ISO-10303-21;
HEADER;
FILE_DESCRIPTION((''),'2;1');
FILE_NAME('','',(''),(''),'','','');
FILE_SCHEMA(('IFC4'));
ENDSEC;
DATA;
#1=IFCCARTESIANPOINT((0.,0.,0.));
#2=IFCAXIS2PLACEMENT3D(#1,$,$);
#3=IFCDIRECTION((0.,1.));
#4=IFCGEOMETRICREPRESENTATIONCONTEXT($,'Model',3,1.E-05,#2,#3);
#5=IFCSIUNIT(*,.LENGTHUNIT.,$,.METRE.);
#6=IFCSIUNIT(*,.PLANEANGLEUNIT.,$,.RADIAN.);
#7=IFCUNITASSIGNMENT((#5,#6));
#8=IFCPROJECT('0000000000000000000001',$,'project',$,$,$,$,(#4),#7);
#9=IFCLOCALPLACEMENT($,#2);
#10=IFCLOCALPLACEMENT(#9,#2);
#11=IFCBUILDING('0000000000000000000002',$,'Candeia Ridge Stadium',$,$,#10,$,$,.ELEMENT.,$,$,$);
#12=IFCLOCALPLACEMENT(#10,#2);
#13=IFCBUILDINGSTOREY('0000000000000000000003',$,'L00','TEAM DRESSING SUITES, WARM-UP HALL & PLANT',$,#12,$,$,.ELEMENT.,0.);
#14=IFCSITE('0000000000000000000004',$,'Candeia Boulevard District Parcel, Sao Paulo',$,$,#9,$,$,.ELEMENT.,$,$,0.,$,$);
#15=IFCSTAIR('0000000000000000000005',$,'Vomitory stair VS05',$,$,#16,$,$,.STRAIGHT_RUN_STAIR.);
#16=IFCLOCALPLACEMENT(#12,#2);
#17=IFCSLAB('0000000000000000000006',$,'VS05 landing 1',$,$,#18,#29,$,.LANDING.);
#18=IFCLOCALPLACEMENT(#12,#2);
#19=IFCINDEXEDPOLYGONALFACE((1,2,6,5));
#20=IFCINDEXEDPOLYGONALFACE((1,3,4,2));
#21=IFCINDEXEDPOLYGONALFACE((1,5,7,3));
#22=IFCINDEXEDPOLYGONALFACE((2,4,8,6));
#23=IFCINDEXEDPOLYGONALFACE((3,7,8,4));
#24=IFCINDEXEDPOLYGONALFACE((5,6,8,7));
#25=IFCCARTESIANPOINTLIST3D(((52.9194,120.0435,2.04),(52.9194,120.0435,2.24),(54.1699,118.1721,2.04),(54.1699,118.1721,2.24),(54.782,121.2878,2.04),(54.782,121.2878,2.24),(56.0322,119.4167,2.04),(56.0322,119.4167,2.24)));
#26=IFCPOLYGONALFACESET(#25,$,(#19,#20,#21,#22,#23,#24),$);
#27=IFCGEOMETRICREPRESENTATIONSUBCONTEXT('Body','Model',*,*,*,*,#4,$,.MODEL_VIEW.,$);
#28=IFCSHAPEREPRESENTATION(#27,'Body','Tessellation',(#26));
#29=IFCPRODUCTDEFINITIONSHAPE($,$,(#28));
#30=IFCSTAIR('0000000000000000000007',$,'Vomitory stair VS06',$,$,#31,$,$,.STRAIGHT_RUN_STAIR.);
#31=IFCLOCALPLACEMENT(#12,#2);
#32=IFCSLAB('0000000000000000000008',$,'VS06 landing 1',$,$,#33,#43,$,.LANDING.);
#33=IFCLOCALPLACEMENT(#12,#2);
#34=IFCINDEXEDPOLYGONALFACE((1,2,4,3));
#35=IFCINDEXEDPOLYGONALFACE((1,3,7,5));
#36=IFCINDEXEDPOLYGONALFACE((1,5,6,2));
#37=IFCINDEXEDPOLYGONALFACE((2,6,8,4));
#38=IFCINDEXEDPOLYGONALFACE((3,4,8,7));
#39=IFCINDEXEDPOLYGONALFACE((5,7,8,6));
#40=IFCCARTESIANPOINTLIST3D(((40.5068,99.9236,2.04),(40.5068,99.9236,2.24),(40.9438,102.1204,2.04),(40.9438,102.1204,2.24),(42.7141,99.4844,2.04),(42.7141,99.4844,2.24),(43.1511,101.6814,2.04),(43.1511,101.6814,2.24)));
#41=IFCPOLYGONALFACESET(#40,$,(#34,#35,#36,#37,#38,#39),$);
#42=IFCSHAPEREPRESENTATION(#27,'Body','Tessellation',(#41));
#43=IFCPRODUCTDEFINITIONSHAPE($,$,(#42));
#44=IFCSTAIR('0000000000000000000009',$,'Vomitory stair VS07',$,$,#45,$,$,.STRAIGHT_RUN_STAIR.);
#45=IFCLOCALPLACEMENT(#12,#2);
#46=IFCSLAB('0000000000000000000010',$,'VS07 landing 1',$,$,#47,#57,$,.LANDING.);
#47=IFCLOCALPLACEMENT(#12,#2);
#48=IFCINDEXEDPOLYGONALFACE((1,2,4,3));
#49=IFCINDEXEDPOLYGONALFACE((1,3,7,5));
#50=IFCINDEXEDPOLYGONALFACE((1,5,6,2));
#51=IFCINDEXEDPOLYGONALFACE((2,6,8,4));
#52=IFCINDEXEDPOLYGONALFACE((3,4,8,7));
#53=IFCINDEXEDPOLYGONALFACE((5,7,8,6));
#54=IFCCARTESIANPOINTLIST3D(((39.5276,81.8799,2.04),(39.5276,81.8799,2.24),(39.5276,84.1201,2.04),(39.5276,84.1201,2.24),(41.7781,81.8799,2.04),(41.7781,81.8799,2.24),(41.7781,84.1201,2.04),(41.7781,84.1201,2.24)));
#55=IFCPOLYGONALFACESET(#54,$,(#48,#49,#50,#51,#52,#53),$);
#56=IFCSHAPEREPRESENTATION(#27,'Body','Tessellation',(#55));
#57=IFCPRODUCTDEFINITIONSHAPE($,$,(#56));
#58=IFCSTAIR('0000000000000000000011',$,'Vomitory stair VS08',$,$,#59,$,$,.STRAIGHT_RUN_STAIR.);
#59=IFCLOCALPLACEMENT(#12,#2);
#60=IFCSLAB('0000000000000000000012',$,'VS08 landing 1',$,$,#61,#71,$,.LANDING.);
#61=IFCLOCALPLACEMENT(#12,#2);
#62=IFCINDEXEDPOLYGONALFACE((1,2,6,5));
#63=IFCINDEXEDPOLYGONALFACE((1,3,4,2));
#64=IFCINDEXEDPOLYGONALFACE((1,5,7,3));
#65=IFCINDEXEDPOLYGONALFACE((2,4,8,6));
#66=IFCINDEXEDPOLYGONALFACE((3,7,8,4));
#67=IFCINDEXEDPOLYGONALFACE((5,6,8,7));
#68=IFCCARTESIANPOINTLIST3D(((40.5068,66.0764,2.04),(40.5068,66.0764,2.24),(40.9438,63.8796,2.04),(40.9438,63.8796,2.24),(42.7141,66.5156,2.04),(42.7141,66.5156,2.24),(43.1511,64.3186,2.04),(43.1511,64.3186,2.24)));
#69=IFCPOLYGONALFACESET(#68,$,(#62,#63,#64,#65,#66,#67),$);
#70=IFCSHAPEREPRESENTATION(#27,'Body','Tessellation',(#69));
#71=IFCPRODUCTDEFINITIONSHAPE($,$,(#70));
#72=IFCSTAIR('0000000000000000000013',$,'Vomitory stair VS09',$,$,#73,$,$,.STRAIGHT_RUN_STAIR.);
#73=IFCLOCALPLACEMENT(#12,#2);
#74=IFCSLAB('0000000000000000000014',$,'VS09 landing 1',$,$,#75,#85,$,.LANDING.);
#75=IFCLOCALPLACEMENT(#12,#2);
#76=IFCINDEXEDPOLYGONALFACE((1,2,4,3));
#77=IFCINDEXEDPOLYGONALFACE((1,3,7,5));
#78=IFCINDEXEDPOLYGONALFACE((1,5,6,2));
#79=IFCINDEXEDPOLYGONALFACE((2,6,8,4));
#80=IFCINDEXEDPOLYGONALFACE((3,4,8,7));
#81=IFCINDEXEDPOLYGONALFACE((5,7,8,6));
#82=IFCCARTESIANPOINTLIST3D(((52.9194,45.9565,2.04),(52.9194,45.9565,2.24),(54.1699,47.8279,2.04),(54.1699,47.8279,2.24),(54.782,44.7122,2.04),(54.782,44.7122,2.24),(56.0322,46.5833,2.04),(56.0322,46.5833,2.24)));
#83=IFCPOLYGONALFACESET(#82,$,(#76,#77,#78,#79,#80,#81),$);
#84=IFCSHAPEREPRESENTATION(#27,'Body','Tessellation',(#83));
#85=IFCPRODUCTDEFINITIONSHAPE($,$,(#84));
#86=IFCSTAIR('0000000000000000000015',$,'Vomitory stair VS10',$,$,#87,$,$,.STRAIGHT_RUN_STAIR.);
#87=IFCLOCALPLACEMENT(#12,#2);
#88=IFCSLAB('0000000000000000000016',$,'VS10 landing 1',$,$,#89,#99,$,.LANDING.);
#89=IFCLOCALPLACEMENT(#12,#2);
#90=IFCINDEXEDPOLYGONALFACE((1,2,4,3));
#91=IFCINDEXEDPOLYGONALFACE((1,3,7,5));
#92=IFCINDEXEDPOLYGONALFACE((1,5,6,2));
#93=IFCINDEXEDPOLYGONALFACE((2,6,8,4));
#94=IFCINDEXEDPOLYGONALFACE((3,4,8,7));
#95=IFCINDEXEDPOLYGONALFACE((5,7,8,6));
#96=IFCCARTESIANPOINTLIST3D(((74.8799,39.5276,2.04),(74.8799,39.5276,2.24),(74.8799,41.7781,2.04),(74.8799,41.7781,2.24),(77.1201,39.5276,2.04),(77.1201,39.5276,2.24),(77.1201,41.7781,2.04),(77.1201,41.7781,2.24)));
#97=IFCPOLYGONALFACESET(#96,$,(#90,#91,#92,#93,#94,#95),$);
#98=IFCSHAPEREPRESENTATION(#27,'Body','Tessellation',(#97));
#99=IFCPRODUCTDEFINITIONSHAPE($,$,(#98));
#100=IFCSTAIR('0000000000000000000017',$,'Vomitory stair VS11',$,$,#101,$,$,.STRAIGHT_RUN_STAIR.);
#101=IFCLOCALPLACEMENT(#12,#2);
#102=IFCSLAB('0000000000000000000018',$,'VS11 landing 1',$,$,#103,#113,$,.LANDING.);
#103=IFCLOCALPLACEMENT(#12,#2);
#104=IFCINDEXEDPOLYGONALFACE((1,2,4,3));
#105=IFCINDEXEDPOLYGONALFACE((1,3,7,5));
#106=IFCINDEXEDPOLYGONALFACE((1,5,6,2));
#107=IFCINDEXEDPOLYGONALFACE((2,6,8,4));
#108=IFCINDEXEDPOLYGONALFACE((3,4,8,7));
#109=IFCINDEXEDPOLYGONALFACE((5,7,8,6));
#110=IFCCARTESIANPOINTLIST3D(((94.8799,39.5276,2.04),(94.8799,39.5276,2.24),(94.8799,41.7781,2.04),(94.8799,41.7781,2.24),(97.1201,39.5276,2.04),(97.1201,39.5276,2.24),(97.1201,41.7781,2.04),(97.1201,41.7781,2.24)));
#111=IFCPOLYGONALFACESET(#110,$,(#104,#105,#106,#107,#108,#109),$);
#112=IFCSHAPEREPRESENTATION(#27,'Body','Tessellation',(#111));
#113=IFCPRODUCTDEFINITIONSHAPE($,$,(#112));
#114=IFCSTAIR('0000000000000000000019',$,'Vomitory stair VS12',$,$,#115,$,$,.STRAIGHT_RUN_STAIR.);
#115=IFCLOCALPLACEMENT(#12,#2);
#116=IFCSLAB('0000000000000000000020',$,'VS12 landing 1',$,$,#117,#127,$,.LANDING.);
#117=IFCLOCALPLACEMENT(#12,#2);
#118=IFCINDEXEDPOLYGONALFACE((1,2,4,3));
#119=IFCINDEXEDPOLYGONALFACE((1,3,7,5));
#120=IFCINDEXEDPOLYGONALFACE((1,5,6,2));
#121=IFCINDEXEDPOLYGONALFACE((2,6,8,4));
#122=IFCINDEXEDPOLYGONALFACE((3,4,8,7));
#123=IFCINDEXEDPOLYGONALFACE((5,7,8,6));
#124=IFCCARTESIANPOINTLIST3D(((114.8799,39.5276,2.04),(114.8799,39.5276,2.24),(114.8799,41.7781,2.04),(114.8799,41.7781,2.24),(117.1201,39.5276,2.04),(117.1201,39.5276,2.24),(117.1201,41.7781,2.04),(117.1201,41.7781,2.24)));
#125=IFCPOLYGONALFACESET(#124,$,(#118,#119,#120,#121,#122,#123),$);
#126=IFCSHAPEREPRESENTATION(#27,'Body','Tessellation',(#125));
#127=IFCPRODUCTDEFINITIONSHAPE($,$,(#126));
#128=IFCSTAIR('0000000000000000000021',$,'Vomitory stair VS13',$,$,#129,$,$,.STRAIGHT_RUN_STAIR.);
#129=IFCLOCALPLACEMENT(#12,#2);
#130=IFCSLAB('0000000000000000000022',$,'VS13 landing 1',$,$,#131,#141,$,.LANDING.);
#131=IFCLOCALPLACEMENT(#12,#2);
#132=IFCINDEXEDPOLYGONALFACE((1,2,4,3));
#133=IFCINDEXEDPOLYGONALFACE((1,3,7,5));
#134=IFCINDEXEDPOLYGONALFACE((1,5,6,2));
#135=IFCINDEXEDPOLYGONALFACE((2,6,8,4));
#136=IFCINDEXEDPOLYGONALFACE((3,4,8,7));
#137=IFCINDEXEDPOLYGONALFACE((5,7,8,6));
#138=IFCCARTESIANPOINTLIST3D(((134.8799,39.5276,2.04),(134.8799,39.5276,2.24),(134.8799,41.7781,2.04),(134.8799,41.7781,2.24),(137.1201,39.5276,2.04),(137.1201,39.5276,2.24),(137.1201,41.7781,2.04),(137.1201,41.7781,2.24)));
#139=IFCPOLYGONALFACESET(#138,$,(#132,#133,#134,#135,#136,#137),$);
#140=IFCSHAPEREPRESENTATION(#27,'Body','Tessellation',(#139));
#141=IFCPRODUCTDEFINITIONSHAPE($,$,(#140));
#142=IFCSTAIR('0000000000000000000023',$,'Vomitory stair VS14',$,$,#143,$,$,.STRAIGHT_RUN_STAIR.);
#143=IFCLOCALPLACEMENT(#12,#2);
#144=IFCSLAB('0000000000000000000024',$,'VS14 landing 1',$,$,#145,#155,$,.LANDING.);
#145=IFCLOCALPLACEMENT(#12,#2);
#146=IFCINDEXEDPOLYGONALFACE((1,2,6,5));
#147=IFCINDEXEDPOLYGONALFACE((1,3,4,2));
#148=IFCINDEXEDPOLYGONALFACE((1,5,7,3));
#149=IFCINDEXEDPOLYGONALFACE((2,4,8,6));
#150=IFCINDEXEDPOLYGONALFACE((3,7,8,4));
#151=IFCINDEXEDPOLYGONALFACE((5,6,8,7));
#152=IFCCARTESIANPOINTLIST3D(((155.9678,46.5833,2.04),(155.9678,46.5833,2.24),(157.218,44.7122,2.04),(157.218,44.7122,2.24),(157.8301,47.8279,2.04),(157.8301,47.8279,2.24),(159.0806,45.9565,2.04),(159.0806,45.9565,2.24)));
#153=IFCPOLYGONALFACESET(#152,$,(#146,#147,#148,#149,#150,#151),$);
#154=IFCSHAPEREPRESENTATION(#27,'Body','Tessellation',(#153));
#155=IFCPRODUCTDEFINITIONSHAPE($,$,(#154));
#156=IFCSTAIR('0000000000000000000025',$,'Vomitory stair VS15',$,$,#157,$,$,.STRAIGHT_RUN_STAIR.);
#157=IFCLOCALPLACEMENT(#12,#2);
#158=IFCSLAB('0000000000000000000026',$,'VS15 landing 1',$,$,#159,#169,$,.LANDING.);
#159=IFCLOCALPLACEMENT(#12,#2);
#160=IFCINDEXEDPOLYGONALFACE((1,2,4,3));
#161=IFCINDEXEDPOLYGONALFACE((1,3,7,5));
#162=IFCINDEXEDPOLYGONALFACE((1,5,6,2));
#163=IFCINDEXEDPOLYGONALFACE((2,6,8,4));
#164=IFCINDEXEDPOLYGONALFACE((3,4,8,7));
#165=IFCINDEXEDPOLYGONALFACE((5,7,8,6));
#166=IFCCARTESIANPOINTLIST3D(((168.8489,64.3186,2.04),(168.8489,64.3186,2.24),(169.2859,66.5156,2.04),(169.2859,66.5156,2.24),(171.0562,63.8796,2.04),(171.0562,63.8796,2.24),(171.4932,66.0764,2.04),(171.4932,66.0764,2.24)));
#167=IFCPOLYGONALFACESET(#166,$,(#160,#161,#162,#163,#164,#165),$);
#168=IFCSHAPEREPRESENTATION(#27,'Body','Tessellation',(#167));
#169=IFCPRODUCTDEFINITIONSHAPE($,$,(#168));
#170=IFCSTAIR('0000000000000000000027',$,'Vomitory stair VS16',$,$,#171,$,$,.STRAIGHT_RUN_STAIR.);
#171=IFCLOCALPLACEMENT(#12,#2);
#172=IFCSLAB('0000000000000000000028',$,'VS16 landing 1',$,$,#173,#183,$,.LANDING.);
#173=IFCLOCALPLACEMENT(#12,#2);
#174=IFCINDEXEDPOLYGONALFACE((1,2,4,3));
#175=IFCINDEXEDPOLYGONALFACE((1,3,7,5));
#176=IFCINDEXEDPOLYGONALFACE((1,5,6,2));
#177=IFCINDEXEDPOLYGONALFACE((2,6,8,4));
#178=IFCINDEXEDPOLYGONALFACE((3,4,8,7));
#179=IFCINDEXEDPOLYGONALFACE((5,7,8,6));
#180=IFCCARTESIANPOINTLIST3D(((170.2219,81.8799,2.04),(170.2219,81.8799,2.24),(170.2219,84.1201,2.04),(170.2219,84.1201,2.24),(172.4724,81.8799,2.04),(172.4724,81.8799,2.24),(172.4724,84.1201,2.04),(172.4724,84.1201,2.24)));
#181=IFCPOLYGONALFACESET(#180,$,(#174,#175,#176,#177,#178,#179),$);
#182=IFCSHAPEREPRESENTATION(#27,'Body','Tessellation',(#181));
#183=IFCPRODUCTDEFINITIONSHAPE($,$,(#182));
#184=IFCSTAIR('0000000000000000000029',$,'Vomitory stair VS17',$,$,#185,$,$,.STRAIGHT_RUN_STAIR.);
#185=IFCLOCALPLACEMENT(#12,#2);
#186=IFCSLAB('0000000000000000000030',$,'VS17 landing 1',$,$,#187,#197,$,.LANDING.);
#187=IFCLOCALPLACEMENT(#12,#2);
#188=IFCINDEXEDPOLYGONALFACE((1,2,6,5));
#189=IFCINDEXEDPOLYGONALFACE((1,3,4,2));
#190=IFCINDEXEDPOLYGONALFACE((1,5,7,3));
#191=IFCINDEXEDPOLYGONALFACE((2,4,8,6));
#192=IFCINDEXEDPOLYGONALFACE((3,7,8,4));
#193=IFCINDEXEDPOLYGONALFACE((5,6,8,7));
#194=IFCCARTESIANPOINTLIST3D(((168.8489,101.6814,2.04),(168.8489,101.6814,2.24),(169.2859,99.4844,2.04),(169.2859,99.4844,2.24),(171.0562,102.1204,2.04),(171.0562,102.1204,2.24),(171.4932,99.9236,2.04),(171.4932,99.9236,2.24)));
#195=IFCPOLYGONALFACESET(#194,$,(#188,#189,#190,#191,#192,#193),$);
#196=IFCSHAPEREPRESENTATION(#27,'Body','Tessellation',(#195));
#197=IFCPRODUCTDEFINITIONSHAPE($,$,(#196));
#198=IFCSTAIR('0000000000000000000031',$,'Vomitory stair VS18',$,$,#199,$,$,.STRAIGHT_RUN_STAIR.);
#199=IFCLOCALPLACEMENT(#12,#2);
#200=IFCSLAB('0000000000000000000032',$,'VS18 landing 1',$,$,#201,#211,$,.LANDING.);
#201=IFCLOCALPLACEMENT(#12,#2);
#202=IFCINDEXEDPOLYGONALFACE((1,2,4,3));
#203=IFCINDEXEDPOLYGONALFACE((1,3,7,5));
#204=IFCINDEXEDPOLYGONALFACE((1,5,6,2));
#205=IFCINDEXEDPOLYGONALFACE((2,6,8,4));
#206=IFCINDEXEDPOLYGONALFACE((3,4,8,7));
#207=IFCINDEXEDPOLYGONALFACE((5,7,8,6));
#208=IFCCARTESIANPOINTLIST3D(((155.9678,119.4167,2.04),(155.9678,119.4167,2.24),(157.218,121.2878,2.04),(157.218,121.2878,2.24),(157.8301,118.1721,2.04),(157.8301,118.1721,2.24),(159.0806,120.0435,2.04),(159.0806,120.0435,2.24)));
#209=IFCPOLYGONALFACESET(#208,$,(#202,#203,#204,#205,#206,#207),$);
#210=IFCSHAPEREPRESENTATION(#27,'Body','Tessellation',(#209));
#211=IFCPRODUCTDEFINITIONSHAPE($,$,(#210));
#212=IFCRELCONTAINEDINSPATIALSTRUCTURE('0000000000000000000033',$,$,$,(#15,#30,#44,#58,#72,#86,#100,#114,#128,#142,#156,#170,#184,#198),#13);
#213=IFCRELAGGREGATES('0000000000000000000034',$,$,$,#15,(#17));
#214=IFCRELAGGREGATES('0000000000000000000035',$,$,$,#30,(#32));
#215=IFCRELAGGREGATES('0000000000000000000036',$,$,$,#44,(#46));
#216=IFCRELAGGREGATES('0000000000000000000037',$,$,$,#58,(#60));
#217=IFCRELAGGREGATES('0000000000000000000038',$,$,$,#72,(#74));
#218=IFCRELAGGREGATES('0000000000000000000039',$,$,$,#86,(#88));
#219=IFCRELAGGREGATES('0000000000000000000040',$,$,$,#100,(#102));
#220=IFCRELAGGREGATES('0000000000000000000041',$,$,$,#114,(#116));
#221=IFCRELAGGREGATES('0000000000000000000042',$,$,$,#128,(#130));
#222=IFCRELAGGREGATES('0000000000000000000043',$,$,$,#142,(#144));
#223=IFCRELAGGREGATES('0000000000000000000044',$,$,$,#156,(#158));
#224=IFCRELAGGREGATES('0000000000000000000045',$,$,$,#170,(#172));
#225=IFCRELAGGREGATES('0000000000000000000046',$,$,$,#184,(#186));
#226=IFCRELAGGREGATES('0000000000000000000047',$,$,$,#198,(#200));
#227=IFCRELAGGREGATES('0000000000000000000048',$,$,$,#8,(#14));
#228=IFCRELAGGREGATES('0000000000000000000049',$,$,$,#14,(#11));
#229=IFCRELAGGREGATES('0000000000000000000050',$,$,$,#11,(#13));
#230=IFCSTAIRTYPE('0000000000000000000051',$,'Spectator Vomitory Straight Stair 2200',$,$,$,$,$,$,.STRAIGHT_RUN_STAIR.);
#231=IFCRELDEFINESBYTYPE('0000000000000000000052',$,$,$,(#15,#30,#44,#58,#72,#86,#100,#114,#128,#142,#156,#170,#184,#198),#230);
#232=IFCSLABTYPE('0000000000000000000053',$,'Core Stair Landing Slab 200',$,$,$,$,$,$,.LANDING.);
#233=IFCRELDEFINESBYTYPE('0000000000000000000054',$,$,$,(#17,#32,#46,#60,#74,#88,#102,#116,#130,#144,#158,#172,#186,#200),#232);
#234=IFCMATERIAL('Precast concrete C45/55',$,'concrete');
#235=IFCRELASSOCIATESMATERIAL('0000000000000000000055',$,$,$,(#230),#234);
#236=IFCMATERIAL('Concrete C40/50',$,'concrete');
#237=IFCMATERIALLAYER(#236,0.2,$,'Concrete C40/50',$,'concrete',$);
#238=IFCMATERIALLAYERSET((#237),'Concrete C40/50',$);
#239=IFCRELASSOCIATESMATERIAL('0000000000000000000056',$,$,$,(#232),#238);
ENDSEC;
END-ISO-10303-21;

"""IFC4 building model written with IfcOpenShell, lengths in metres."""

from ifc_helpers import new_model, si_unit, direction, frame, origin, place, context, subcontext, project, spatial, polyline, outline, extrude, material, layer, layer_set, type_object, element, aggregate, save


model = new_model("IFC4")

# Units and contexts
model_context = context("Model", 3, precision=1e-05, world=origin(), true_north=direction((0.0, 1.0)))
body_context = subcontext(model_context, "Body", "Model", "MODEL_VIEW")
ifc_project = project(units=[si_unit("LENGTHUNIT", "METRE"), si_unit("PLANEANGLEUNIT", "RADIAN")], contexts=[model_context])

# Site, building, storey
site_placement = place(None, origin())
site = spatial("IfcSite", under=ifc_project, at=site_placement, Name="Candeia Boulevard District Parcel, Sao Paulo", CompositionType="ELEMENT", RefElevation=0.0)
building_placement = place(site_placement, origin())
building = spatial("IfcBuilding", under=site, at=building_placement, Name="Candeia Ridge Stadium", CompositionType="ELEMENT")
storey_placement = place(building_placement, origin())
storey = spatial("IfcBuildingStorey", under=building, at=storey_placement, Name="L00", Description="TEAM DRESSING SUITES, WARM-UP HALL & PLANT", CompositionType="ELEMENT", Elevation=0.0)

# Stairs, slabs
ifc_material_1 = material(Name="Precast concrete C45/55", Category="concrete")
stair_type = type_object("IfcStairType", Name="Spectator Vomitory Straight Stair 2200", PredefinedType="STRAIGHT_RUN_STAIR", material=ifc_material_1)
stair_1_placement = place(storey_placement, origin())
stair_1 = element("IfcStair", 1, at=stair_1_placement, inside=storey, type_object=stair_type, Name="Vomitory stair VS05", PredefinedType="STRAIGHT_RUN_STAIR")
ifc_material_2 = material(Name="Concrete C40/50", Category="concrete")
ifc_layer_1 = layer(ifc_material_2, 0.2, Name="Concrete C40/50", Category="concrete")
ifc_layer_set_1 = layer_set([ifc_layer_1], Name="Concrete C40/50")
slab_type = type_object("IfcSlabType", Name="Core Stair Landing Slab 200", PredefinedType="LANDING", material=ifc_layer_set_1)
slab_1_placement = place(storey_placement, frame((0.0, 0.0, 2.04)))
slab_1 = element("IfcSlab", 2, at=slab_1_placement, type_object=slab_type, Name="VS05 landing 1", PredefinedType="LANDING", context=body_context, shape_type="SweptSolid", body=[
    extrude(outline(polyline([(54.782, 121.2878), (56.0322, 119.4167), (54.1699, 118.1721), (52.9194, 120.0435), (54.782, 121.2878)])), origin(), (0.0, 0.0, 1.0), 0.2),
])
aggregate(stair_1, [slab_1])
stair_2_placement = place(storey_placement, origin())
stair_2 = element("IfcStair", 3, at=stair_2_placement, inside=storey, type_object=stair_type, Name="Vomitory stair VS06", PredefinedType="STRAIGHT_RUN_STAIR")
slab_2_placement = place(storey_placement, frame((0.0, 0.0, 2.04)))
slab_2 = element("IfcSlab", 4, at=slab_2_placement, type_object=slab_type, Name="VS06 landing 1", PredefinedType="LANDING", context=body_context, shape_type="SweptSolid", body=[
    extrude(outline(polyline([(40.9438, 102.1204), (43.1511, 101.6814), (42.7141, 99.4844), (40.5068, 99.9236), (40.9438, 102.1204)])), origin(), (0.0, 0.0, 1.0), 0.2),
])
aggregate(stair_2, [slab_2])
stair_3_placement = place(storey_placement, origin())
stair_3 = element("IfcStair", 5, at=stair_3_placement, inside=storey, type_object=stair_type, Name="Vomitory stair VS07", PredefinedType="STRAIGHT_RUN_STAIR")
slab_3_placement = place(storey_placement, frame((0.0, 0.0, 2.04)))
slab_3 = element("IfcSlab", 6, at=slab_3_placement, type_object=slab_type, Name="VS07 landing 1", PredefinedType="LANDING", context=body_context, shape_type="SweptSolid", body=[
    extrude(outline(polyline([(39.5276, 84.1201), (41.7781, 84.1201), (41.7781, 81.8799), (39.5276, 81.8799), (39.5276, 84.1201)])), origin(), (0.0, 0.0, 1.0), 0.2),
])
aggregate(stair_3, [slab_3])
stair_4_placement = place(storey_placement, origin())
stair_4 = element("IfcStair", 7, at=stair_4_placement, inside=storey, type_object=stair_type, Name="Vomitory stair VS08", PredefinedType="STRAIGHT_RUN_STAIR")
slab_4_placement = place(storey_placement, frame((0.0, 0.0, 2.04)))
slab_4 = element("IfcSlab", 8, at=slab_4_placement, type_object=slab_type, Name="VS08 landing 1", PredefinedType="LANDING", context=body_context, shape_type="SweptSolid", body=[
    extrude(outline(polyline([(40.5068, 66.0764), (42.7141, 66.5156), (43.1511, 64.3186), (40.9438, 63.8796), (40.5068, 66.0764)])), origin(), (0.0, 0.0, 1.0), 0.2),
])
aggregate(stair_4, [slab_4])
stair_5_placement = place(storey_placement, origin())
stair_5 = element("IfcStair", 9, at=stair_5_placement, inside=storey, type_object=stair_type, Name="Vomitory stair VS09", PredefinedType="STRAIGHT_RUN_STAIR")
slab_5_placement = place(storey_placement, frame((0.0, 0.0, 2.04)))
slab_5 = element("IfcSlab", 10, at=slab_5_placement, type_object=slab_type, Name="VS09 landing 1", PredefinedType="LANDING", context=body_context, shape_type="SweptSolid", body=[
    extrude(outline(polyline([(52.9194, 45.9565), (54.1699, 47.8279), (56.0322, 46.5833), (54.782, 44.7122), (52.9194, 45.9565)])), origin(), (0.0, 0.0, 1.0), 0.2),
])
aggregate(stair_5, [slab_5])
stair_6_placement = place(storey_placement, origin())
stair_6 = element("IfcStair", 11, at=stair_6_placement, inside=storey, type_object=stair_type, Name="Vomitory stair VS10", PredefinedType="STRAIGHT_RUN_STAIR")
slab_6_placement = place(storey_placement, frame((0.0, 0.0, 2.04)))
slab_6 = element("IfcSlab", 12, at=slab_6_placement, type_object=slab_type, Name="VS10 landing 1", PredefinedType="LANDING", context=body_context, shape_type="SweptSolid", body=[
    extrude(outline(polyline([(74.8799, 39.5276), (74.8799, 41.7781), (77.1201, 41.7781), (77.1201, 39.5276), (74.8799, 39.5276)])), origin(), (0.0, 0.0, 1.0), 0.2),
])
aggregate(stair_6, [slab_6])
stair_7_placement = place(storey_placement, origin())
stair_7 = element("IfcStair", 13, at=stair_7_placement, inside=storey, type_object=stair_type, Name="Vomitory stair VS11", PredefinedType="STRAIGHT_RUN_STAIR")
slab_7_placement = place(storey_placement, frame((0.0, 0.0, 2.04)))
slab_7 = element("IfcSlab", 14, at=slab_7_placement, type_object=slab_type, Name="VS11 landing 1", PredefinedType="LANDING", context=body_context, shape_type="SweptSolid", body=[
    extrude(outline(polyline([(94.8799, 39.5276), (94.8799, 41.7781), (97.1201, 41.7781), (97.1201, 39.5276), (94.8799, 39.5276)])), origin(), (0.0, 0.0, 1.0), 0.2),
])
aggregate(stair_7, [slab_7])
stair_8_placement = place(storey_placement, origin())
stair_8 = element("IfcStair", 15, at=stair_8_placement, inside=storey, type_object=stair_type, Name="Vomitory stair VS12", PredefinedType="STRAIGHT_RUN_STAIR")
slab_8_placement = place(storey_placement, frame((0.0, 0.0, 2.04)))
slab_8 = element("IfcSlab", 16, at=slab_8_placement, type_object=slab_type, Name="VS12 landing 1", PredefinedType="LANDING", context=body_context, shape_type="SweptSolid", body=[
    extrude(outline(polyline([(114.8799, 39.5276), (114.8799, 41.7781), (117.1201, 41.7781), (117.1201, 39.5276), (114.8799, 39.5276)])), origin(), (0.0, 0.0, 1.0), 0.2),
])
aggregate(stair_8, [slab_8])
stair_9_placement = place(storey_placement, origin())
stair_9 = element("IfcStair", 17, at=stair_9_placement, inside=storey, type_object=stair_type, Name="Vomitory stair VS13", PredefinedType="STRAIGHT_RUN_STAIR")
slab_9_placement = place(storey_placement, frame((0.0, 0.0, 2.04)))
slab_9 = element("IfcSlab", 18, at=slab_9_placement, type_object=slab_type, Name="VS13 landing 1", PredefinedType="LANDING", context=body_context, shape_type="SweptSolid", body=[
    extrude(outline(polyline([(134.8799, 39.5276), (134.8799, 41.7781), (137.1201, 41.7781), (137.1201, 39.5276), (134.8799, 39.5276)])), origin(), (0.0, 0.0, 1.0), 0.2),
])
aggregate(stair_9, [slab_9])
stair_10_placement = place(storey_placement, origin())
stair_10 = element("IfcStair", 19, at=stair_10_placement, inside=storey, type_object=stair_type, Name="Vomitory stair VS14", PredefinedType="STRAIGHT_RUN_STAIR")
slab_10_placement = place(storey_placement, frame((0.0, 0.0, 2.04)))
slab_10 = element("IfcSlab", 20, at=slab_10_placement, type_object=slab_type, Name="VS14 landing 1", PredefinedType="LANDING", context=body_context, shape_type="SweptSolid", body=[
    extrude(outline(polyline([(157.218, 44.7122), (155.9678, 46.5833), (157.8301, 47.8279), (159.0806, 45.9565), (157.218, 44.7122)])), origin(), (0.0, 0.0, 1.0), 0.2),
])
aggregate(stair_10, [slab_10])
stair_11_placement = place(storey_placement, origin())
stair_11 = element("IfcStair", 21, at=stair_11_placement, inside=storey, type_object=stair_type, Name="Vomitory stair VS15", PredefinedType="STRAIGHT_RUN_STAIR")
slab_11_placement = place(storey_placement, frame((0.0, 0.0, 2.04)))
slab_11 = element("IfcSlab", 22, at=slab_11_placement, type_object=slab_type, Name="VS15 landing 1", PredefinedType="LANDING", context=body_context, shape_type="SweptSolid", body=[
    extrude(outline(polyline([(171.0562, 63.8796), (168.8489, 64.3186), (169.2859, 66.5156), (171.4932, 66.0764), (171.0562, 63.8796)])), origin(), (0.0, 0.0, 1.0), 0.2),
])
aggregate(stair_11, [slab_11])
stair_12_placement = place(storey_placement, origin())
stair_12 = element("IfcStair", 23, at=stair_12_placement, inside=storey, type_object=stair_type, Name="Vomitory stair VS16", PredefinedType="STRAIGHT_RUN_STAIR")
slab_12_placement = place(storey_placement, frame((0.0, 0.0, 2.04)))
slab_12 = element("IfcSlab", 24, at=slab_12_placement, type_object=slab_type, Name="VS16 landing 1", PredefinedType="LANDING", context=body_context, shape_type="SweptSolid", body=[
    extrude(outline(polyline([(172.4724, 81.8799), (170.2219, 81.8799), (170.2219, 84.1201), (172.4724, 84.1201), (172.4724, 81.8799)])), origin(), (0.0, 0.0, 1.0), 0.2),
])
aggregate(stair_12, [slab_12])
stair_13_placement = place(storey_placement, origin())
stair_13 = element("IfcStair", 25, at=stair_13_placement, inside=storey, type_object=stair_type, Name="Vomitory stair VS17", PredefinedType="STRAIGHT_RUN_STAIR")
slab_13_placement = place(storey_placement, frame((0.0, 0.0, 2.04)))
slab_13 = element("IfcSlab", 26, at=slab_13_placement, type_object=slab_type, Name="VS17 landing 1", PredefinedType="LANDING", context=body_context, shape_type="SweptSolid", body=[
    extrude(outline(polyline([(171.4932, 99.9236), (169.2859, 99.4844), (168.8489, 101.6814), (171.0562, 102.1204), (171.4932, 99.9236)])), origin(), (0.0, 0.0, 1.0), 0.2),
])
aggregate(stair_13, [slab_13])
stair_14_placement = place(storey_placement, origin())
stair_14 = element("IfcStair", 27, at=stair_14_placement, inside=storey, type_object=stair_type, Name="Vomitory stair VS18", PredefinedType="STRAIGHT_RUN_STAIR")
slab_14_placement = place(storey_placement, frame((0.0, 0.0, 2.04)))
slab_14 = element("IfcSlab", 28, at=slab_14_placement, type_object=slab_type, Name="VS18 landing 1", PredefinedType="LANDING", context=body_context, shape_type="SweptSolid", body=[
    extrude(outline(polyline([(159.0806, 120.0435), (157.8301, 118.1721), (155.9678, 119.4167), (157.218, 121.2878), (159.0806, 120.0435)])), origin(), (0.0, 0.0, 1.0), 0.2),
])
aggregate(stair_14, [slab_14])

save(model, "model.ifc")
